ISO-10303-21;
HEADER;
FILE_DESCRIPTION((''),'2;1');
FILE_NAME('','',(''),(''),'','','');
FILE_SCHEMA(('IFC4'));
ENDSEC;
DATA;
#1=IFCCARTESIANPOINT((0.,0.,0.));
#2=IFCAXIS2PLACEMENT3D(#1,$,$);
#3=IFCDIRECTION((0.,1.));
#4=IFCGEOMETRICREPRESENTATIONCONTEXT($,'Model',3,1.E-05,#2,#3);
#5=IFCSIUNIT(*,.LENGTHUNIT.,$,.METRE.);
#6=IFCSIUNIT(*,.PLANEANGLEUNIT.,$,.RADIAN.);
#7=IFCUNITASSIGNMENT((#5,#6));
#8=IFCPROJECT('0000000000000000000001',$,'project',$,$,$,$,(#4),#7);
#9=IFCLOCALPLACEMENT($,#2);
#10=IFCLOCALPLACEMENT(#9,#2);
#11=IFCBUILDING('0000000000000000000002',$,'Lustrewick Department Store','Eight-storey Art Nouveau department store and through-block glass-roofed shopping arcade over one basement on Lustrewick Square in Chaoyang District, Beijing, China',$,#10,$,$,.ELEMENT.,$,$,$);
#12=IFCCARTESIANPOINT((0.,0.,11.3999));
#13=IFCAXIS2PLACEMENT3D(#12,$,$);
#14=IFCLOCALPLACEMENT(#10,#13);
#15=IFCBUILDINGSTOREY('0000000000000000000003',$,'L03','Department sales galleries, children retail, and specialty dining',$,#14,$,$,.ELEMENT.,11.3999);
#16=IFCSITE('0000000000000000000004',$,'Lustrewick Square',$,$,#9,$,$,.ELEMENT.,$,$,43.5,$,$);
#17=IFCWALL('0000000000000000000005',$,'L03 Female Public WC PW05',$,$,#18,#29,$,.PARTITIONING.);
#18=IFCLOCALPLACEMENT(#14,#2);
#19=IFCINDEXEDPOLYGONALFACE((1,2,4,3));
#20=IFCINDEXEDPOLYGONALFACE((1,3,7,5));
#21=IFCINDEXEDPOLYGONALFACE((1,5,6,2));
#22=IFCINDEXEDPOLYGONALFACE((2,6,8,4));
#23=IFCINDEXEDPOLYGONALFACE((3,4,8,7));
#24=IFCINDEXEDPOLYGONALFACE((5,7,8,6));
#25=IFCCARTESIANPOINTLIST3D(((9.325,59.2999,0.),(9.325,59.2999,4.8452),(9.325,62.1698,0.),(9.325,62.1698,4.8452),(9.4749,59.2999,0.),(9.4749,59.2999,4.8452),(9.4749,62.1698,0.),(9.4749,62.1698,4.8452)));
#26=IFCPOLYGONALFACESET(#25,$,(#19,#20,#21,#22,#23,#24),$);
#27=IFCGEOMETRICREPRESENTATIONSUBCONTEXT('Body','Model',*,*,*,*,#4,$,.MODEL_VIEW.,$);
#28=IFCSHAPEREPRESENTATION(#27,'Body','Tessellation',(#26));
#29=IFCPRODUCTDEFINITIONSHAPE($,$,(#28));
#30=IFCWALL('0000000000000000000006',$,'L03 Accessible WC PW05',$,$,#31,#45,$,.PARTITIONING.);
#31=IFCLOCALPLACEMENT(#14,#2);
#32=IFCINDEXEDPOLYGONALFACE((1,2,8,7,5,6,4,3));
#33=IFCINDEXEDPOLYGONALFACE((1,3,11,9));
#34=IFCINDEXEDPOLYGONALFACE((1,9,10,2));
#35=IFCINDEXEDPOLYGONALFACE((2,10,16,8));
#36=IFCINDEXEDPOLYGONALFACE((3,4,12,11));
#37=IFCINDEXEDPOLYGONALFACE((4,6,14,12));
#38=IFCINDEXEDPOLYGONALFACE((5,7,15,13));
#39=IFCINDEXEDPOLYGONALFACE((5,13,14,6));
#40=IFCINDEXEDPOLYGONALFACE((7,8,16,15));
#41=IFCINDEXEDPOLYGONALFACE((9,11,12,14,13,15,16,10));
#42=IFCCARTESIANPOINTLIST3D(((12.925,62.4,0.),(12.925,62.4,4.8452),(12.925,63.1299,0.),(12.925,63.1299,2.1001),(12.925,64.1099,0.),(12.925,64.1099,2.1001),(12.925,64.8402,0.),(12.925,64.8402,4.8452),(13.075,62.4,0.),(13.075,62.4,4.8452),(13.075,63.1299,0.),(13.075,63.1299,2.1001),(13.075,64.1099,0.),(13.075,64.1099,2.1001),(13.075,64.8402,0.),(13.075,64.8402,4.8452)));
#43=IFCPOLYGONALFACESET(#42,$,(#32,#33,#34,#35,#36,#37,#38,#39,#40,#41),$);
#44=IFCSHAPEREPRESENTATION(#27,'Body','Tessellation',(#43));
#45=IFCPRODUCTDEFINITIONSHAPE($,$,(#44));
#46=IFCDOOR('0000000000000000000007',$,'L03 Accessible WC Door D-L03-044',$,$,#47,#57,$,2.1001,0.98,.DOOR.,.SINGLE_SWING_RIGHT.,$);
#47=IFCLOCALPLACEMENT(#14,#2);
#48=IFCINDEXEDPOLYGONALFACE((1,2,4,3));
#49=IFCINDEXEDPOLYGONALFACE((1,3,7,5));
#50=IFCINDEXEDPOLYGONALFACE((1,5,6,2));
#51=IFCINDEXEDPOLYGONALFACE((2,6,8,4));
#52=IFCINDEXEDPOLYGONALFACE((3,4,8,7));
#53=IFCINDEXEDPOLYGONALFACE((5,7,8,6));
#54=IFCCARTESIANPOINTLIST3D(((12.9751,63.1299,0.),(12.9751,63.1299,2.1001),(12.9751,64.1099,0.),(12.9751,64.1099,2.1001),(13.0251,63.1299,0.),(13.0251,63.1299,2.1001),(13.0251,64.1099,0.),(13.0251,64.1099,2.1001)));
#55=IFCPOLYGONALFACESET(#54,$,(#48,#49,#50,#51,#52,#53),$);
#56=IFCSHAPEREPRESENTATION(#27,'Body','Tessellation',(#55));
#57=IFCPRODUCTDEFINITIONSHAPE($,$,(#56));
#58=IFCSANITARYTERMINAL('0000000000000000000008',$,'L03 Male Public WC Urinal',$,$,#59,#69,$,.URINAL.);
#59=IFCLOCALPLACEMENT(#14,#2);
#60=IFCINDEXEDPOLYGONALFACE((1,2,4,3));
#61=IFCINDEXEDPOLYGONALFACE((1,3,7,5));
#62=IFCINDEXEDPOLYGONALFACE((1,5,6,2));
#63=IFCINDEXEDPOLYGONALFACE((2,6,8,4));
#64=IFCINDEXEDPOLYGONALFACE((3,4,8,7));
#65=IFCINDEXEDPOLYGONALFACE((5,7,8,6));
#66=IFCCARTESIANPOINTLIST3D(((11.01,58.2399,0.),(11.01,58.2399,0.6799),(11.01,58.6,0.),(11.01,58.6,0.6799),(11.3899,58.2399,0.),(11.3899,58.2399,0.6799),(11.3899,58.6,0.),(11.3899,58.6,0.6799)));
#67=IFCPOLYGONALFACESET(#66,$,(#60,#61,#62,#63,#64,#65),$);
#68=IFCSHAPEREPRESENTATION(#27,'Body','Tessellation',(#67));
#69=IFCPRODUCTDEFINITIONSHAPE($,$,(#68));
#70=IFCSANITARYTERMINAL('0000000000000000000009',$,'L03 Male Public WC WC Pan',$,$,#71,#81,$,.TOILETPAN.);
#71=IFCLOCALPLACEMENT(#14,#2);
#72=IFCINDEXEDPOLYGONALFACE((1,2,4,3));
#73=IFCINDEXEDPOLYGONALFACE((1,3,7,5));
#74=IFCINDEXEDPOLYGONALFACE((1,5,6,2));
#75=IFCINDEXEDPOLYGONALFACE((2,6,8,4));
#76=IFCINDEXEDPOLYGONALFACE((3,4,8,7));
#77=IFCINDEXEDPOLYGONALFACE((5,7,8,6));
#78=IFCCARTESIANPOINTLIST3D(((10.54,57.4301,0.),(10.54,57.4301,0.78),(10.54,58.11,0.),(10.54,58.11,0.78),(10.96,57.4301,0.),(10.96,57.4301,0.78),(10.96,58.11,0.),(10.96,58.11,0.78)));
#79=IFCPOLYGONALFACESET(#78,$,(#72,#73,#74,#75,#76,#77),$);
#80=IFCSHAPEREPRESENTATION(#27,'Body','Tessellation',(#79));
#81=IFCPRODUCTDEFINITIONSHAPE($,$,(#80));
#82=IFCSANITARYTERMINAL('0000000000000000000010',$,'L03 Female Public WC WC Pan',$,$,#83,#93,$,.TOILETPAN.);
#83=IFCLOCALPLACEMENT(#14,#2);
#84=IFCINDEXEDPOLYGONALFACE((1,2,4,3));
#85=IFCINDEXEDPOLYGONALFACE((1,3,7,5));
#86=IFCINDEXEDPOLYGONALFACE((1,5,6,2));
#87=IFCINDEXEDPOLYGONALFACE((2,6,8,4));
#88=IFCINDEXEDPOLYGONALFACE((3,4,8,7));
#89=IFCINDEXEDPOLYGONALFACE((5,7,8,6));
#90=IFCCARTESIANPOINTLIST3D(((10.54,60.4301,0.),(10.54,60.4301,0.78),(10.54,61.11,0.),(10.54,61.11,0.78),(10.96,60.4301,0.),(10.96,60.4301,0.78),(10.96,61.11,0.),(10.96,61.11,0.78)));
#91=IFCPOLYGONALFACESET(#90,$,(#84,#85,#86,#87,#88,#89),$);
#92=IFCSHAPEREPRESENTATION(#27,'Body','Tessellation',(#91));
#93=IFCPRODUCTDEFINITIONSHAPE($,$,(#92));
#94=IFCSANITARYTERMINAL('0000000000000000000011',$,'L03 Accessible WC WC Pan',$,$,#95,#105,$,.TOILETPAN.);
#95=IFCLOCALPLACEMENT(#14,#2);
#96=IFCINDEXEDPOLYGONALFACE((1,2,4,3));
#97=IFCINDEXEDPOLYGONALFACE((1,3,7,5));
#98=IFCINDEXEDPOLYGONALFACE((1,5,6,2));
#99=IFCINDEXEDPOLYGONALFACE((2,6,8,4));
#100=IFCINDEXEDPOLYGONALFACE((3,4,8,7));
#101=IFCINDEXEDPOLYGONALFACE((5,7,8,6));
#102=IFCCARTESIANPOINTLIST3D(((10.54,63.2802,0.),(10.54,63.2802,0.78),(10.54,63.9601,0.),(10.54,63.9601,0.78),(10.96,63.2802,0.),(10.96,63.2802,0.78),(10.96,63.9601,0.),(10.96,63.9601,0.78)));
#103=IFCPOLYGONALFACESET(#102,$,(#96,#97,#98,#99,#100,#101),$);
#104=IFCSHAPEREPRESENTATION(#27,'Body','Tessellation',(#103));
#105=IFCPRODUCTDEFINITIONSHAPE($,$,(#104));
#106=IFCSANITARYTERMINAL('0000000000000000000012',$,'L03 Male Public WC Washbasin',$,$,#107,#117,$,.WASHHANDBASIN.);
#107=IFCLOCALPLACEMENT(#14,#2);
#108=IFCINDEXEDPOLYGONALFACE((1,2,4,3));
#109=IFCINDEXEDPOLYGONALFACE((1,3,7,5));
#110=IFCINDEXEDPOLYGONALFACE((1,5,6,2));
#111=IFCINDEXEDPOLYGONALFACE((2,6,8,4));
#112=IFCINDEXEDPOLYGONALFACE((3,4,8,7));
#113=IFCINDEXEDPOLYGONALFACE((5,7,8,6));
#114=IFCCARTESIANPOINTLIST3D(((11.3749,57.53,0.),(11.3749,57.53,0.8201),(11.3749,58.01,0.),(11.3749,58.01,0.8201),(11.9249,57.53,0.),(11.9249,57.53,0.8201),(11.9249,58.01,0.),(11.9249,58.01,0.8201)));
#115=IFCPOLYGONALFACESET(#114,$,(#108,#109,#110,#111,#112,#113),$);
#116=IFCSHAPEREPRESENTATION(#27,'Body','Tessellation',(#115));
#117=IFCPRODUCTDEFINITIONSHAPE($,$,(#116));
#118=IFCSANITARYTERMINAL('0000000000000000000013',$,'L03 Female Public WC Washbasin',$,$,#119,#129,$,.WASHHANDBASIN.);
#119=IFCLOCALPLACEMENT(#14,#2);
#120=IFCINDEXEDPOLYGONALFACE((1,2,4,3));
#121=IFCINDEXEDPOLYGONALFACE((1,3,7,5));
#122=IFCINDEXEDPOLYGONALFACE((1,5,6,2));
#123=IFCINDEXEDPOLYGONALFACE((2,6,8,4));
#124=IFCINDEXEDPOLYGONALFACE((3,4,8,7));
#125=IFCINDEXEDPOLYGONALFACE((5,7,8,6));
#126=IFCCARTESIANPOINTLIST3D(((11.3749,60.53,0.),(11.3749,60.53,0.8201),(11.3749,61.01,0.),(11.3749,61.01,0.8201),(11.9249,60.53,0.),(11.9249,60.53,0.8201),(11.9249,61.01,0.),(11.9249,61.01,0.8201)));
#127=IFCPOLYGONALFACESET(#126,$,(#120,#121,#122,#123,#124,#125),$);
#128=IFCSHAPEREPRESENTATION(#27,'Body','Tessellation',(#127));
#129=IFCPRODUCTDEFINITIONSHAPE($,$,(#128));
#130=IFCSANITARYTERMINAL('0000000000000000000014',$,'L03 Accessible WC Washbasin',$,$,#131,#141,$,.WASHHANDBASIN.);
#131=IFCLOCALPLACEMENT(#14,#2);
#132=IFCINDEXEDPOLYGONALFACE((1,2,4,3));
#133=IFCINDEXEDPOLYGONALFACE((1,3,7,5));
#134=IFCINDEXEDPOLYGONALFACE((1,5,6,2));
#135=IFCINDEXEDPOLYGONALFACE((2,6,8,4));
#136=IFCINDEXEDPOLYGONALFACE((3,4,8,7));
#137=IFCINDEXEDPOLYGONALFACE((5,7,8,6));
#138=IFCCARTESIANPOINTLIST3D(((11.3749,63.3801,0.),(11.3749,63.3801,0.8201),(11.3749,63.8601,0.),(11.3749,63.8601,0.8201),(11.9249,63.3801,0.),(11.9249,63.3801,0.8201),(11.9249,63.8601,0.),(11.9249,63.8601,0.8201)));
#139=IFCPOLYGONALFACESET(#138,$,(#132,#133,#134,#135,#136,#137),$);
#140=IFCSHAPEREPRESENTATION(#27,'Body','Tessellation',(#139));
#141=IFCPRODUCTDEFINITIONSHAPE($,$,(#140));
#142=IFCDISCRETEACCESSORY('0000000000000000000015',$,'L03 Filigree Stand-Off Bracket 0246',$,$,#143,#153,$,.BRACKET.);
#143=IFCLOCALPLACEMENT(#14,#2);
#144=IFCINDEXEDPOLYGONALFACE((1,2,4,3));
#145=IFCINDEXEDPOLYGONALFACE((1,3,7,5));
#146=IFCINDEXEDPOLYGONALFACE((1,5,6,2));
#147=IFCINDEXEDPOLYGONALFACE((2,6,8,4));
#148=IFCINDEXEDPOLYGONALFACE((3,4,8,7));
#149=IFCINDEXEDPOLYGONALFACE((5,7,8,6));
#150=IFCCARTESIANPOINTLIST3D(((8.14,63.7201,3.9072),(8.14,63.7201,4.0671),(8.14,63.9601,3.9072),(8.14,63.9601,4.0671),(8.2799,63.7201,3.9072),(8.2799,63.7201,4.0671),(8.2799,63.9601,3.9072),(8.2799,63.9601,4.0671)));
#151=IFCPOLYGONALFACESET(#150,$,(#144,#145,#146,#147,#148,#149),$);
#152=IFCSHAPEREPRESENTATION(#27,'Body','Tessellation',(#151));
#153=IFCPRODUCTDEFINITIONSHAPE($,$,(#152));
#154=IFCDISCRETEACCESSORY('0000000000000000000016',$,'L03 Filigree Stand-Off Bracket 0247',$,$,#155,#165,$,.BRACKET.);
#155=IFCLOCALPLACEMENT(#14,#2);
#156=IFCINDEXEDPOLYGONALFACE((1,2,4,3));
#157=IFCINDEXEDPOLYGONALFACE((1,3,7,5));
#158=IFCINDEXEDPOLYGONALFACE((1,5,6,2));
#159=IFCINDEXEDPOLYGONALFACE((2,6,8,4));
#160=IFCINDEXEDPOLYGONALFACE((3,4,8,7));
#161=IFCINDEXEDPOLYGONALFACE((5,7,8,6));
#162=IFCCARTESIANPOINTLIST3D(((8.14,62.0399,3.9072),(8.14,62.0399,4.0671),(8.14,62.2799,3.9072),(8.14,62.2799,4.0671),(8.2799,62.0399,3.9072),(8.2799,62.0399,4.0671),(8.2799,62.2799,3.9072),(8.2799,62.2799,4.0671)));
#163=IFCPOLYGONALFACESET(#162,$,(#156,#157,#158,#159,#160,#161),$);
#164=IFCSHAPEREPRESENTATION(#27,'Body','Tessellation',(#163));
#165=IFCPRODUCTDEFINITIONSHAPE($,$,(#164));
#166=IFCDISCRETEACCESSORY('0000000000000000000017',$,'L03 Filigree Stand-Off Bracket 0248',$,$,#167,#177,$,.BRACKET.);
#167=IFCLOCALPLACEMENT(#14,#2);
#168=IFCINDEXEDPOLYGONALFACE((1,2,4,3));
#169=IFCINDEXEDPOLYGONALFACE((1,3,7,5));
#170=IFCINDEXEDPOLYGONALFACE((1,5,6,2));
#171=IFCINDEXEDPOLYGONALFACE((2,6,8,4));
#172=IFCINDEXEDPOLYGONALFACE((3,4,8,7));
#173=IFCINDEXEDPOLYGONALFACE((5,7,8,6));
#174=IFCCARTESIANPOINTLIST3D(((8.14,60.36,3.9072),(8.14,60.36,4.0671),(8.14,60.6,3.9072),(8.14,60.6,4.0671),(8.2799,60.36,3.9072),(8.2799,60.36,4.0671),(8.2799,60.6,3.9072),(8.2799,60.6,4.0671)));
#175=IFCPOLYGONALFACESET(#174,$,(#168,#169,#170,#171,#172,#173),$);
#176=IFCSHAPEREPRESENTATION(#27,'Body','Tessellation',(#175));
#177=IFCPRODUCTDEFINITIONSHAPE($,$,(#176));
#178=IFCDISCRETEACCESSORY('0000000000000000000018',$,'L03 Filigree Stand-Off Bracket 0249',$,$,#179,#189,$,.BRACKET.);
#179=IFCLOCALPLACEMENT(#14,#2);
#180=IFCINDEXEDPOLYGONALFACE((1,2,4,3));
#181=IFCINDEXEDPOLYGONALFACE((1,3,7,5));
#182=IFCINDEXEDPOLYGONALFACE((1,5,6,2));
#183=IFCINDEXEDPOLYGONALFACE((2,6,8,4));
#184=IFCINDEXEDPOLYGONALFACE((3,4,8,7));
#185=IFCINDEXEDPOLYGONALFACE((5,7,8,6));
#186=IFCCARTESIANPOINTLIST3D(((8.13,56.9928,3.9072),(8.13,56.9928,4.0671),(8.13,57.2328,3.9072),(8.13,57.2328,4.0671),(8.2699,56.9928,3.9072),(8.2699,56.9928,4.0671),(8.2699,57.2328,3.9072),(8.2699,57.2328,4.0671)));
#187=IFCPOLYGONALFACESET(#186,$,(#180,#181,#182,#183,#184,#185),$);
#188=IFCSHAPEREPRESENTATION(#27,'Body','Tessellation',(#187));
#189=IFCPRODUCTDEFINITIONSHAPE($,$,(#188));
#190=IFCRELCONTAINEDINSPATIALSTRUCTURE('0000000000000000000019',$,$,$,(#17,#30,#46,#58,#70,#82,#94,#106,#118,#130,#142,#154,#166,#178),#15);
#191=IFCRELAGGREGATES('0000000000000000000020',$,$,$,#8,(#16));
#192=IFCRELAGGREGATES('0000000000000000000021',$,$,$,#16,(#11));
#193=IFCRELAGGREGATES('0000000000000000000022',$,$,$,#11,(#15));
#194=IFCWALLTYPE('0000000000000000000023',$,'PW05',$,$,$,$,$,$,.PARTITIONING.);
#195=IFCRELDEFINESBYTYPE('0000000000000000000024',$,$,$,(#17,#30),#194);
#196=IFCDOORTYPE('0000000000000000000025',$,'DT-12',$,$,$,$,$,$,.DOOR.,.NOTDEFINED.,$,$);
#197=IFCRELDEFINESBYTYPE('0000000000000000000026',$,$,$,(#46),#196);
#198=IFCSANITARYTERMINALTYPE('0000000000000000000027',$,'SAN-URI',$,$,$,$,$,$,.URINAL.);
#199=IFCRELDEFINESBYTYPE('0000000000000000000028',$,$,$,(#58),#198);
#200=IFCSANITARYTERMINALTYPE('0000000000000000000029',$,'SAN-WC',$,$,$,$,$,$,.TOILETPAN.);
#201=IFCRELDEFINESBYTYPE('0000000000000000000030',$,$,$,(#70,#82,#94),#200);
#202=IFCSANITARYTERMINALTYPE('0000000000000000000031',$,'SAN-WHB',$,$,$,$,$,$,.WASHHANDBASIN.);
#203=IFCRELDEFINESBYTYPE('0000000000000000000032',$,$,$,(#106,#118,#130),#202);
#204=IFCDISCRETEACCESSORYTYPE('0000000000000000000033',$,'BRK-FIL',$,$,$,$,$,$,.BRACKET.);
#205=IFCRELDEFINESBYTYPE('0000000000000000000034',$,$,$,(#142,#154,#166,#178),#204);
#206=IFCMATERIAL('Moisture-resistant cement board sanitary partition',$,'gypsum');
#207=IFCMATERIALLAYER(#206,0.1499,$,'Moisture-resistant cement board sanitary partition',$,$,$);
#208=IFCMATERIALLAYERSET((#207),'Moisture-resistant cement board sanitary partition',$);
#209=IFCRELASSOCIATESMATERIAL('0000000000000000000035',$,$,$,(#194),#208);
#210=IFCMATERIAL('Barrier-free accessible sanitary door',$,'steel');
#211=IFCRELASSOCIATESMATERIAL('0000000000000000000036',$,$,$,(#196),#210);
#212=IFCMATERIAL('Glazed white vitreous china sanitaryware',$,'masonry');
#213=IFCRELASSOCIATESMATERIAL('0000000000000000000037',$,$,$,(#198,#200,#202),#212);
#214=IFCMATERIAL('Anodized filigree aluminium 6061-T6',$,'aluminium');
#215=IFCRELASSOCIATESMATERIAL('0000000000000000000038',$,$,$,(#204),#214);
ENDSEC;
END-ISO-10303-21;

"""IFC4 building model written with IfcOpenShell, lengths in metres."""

from ifc_helpers import new_model, si_unit, direction, frame, frame_2d, origin, origin_2d, place, context, subcontext, project, spatial, rectangle, extrude, material, layer, layer_set, type_object, element, fill, save


model = new_model("IFC4")

# Units and contexts
model_context = context("Model", 3, precision=1e-05, world=origin(), true_north=direction((0.0, 1.0)))
body_context = subcontext(model_context, "Body", "Model", "MODEL_VIEW")
ifc_project = project(units=[si_unit("LENGTHUNIT", "METRE"), si_unit("PLANEANGLEUNIT", "RADIAN")], contexts=[model_context])

# Site, building, storey
site_placement = place(None, origin())
site = spatial("IfcSite", under=ifc_project, at=site_placement, Name="Lustrewick Square", CompositionType="ELEMENT", RefElevation=43.5)
building_placement = place(site_placement, origin())
building = spatial("IfcBuilding", under=site, at=building_placement, Name="Lustrewick Department Store", Description="Eight-storey Art Nouveau department store and through-block glass-roofed shopping arcade over one basement on Lustrewick Square in Chaoyang District, Beijing, China", CompositionType="ELEMENT")
storey_placement = place(building_placement, frame((0.0, 0.0, 11.3999)))
storey = spatial("IfcBuildingStorey", under=building, at=storey_placement, Name="L03", Description="Department sales galleries, children retail, and specialty dining", CompositionType="ELEMENT", Elevation=11.3999)

# Shared definitions
ifc_material_1 = material(Name="Moisture-resistant cement board sanitary partition", Category="gypsum")
ifc_layer_1 = layer(ifc_material_1, 0.1499, Name="Moisture-resistant cement board sanitary partition")
ifc_layer_set_1 = layer_set([ifc_layer_1], Name="Moisture-resistant cement board sanitary partition")
wall_type_1 = type_object("IfcWallType", Name="PW05", PredefinedType="PARTITIONING", material=ifc_layer_set_1)

# Wall
wall_1_placement = place(storey_placement, frame((9.3999, 62.1699, 0.0), z_axis=(0.0, 0.0, 1.0), x_axis=(0.0, -1.0, 0.0)))
element("IfcWall", 1, at=wall_1_placement, inside=storey, type_object=wall_type_1, Name="L03 Female Public WC PW05", PredefinedType="PARTITIONING", context=body_context, shape_type="SweptSolid", body=[
    extrude(rectangle(XDim=2.8699, YDim=0.1499, at=frame_2d((1.4351, 0.0))), origin(), (0.0, 0.0, 1.0), 4.8452),
])

# Wall, opening, door
wall_2_placement = place(storey_placement, frame((13.0, 62.3999, 0.0), z_axis=(0.0, 0.0, 1.0), x_axis=(0.0, 1.0, 0.0)))
wall_2 = element("IfcWall", 2, at=wall_2_placement, inside=storey, type_object=wall_type_1, Name="L03 Accessible WC PW05", PredefinedType="PARTITIONING", context=body_context, shape_type="SweptSolid", body=[
    extrude(rectangle(XDim=2.4402, YDim=0.1499, at=frame_2d((1.2202, 0.0))), origin(), (0.0, 0.0, 1.0), 4.8452),
])
opening_1_placement = place(wall_2_placement, frame((0.73, 0.0, 0.0)))
opening_1 = element("IfcOpeningElement", 3, at=opening_1_placement, cuts=wall_2, PredefinedType="OPENING", context=body_context, shape_type="SweptSolid", body=[
    extrude(rectangle(XDim=0.98, YDim=2.1001, at=frame_2d((0.49, 1.05))), frame((0.0, 0.085, 0.0), z_axis=(0.0, -1.0, 0.0), x_axis=(1.0, 0.0, 0.0)), (0.0, 0.0, 1.0), 0.1699),
])
ifc_material_2 = material(Name="Barrier-free accessible sanitary door", Category="steel")
door_type_1 = type_object("IfcDoorType", Name="DT-12", OperationType="NOTDEFINED", PredefinedType="DOOR", material=ifc_material_2)
door_1_placement = place(opening_1_placement, origin())
door_1 = element("IfcDoor", 4, at=door_1_placement, inside=storey, type_object=door_type_1, Name="L03 Accessible WC Door D-L03-044", OperationType="SINGLE_SWING_RIGHT", OverallHeight=2.1001, OverallWidth=0.98, PredefinedType="DOOR", context=body_context, shape_type="SweptSolid", body=[
    extrude(rectangle(XDim=0.98, YDim=2.1001, at=frame_2d((0.49, 1.05))), frame((0.0, 0.0249, 0.0), z_axis=(0.0, -1.0, 0.0), x_axis=(1.0, 0.0, 0.0)), (0.0, 0.0, 1.0), 0.05),
])
fill(opening_1, door_1)

# Sanitary terminals
ifc_material_3 = material(Name="Glazed white vitreous china sanitaryware", Category="masonry")
sanitary_terminal_type_1 = type_object("IfcSanitaryTerminalType", Name="SAN-URI", PredefinedType="URINAL", material=ifc_material_3)
sanitary_terminal_placement = place(storey_placement, frame((11.2, 58.4199, 0.0), z_axis=(0.0, 0.0, 1.0), x_axis=(1.0, 0.0, 0.0)))
element("IfcSanitaryTerminal", 5, at=sanitary_terminal_placement, inside=storey, type_object=sanitary_terminal_type_1, Name="L03 Male Public WC Urinal", PredefinedType="URINAL", context=body_context, shape_type="SweptSolid", body=[
    extrude(rectangle(XDim=0.3799, YDim=0.3601, at=origin_2d()), origin(), (0.0, 0.0, 1.0), 0.6799),
])
sanitary_terminal_type_2 = type_object("IfcSanitaryTerminalType", Name="SAN-WC", PredefinedType="TOILETPAN", material=ifc_material_3)
for number, where, z_axis, x_axis, name in (
    (6, (10.75, 57.77, 0.0), (0.0, 0.0, 1.0), (1.0, 0.0, 0.0), "L03 Male Public WC WC Pan"),
    (7, (10.75, 60.77, 0.0), (0.0, 0.0, 1.0), (1.0, 0.0, 0.0), "L03 Female Public WC WC Pan"),
    (8, (10.75, 63.6201, 0.0), (0.0, 0.0, 1.0), (1.0, 0.0, 0.0), "L03 Accessible WC WC Pan"),
):
    element("IfcSanitaryTerminal", number, at=place(storey_placement, frame(where, z_axis=z_axis, x_axis=x_axis)), inside=storey, type_object=sanitary_terminal_type_2, Name=name, PredefinedType="TOILETPAN", context=body_context, shape_type="SweptSolid", body=[
        extrude(rectangle(XDim=0.4199, YDim=0.6799, at=origin_2d()), origin(), (0.0, 0.0, 1.0), 0.78),
    ])
sanitary_terminal_type_3 = type_object("IfcSanitaryTerminalType", Name="SAN-WHB", PredefinedType="WASHHANDBASIN", material=ifc_material_3)
for number, where, z_axis, x_axis, name in (
    (9, (11.6499, 57.77, 0.0), (0.0, 0.0, 1.0), (1.0, 0.0, 0.0), "L03 Male Public WC Washbasin"),
    (10, (11.6499, 60.77, 0.0), (0.0, 0.0, 1.0), (1.0, 0.0, 0.0), "L03 Female Public WC Washbasin"),
    (11, (11.6499, 63.6201, 0.0), (0.0, 0.0, 1.0), (1.0, 0.0, 0.0), "L03 Accessible WC Washbasin"),
):
    element("IfcSanitaryTerminal", number, at=place(storey_placement, frame(where, z_axis=z_axis, x_axis=x_axis)), inside=storey, type_object=sanitary_terminal_type_3, Name=name, PredefinedType="WASHHANDBASIN", context=body_context, shape_type="SweptSolid", body=[
        extrude(rectangle(XDim=0.55, YDim=0.48, at=origin_2d()), origin(), (0.0, 0.0, 1.0), 0.8201),
    ])

# Discrete accessories
ifc_material_4 = material(Name="Anodized filigree aluminium 6061-T6", Category="aluminium")
discrete_accessory_type = type_object("IfcDiscreteAccessoryType", Name="BRK-FIL", PredefinedType="BRACKET", material=ifc_material_4)
for number, where, z_axis, x_axis, name in (
    (12, (8.21, 63.8401, 3.9072), (0.0, 0.0, 1.0), (0.0, -1.0, 0.0), "L03 Filigree Stand-Off Bracket 0246"),
    (13, (8.21, 62.1599, 3.9072), (0.0, 0.0, 1.0), (0.0, -1.0, 0.0), "L03 Filigree Stand-Off Bracket 0247"),
    (14, (8.21, 60.48, 3.9072), (0.0, 0.0, 1.0), (0.0, -1.0, 0.0), "L03 Filigree Stand-Off Bracket 0248"),
    (15, (8.2, 57.1128, 3.9072), (0.0, 0.0, 1.0), (0.0, -1.0, 0.0), "L03 Filigree Stand-Off Bracket 0249"),
):
    element("IfcDiscreteAccessory", number, at=place(storey_placement, frame(where, z_axis=z_axis, x_axis=x_axis)), inside=storey, type_object=discrete_accessory_type, Name=name, PredefinedType="BRACKET", context=body_context, shape_type="SweptSolid", body=[
        extrude(rectangle(XDim=0.24, YDim=0.1399, at=origin_2d()), origin(), (0.0, 0.0, 1.0), 0.1599),
    ])

save(model, "model.ifc")
